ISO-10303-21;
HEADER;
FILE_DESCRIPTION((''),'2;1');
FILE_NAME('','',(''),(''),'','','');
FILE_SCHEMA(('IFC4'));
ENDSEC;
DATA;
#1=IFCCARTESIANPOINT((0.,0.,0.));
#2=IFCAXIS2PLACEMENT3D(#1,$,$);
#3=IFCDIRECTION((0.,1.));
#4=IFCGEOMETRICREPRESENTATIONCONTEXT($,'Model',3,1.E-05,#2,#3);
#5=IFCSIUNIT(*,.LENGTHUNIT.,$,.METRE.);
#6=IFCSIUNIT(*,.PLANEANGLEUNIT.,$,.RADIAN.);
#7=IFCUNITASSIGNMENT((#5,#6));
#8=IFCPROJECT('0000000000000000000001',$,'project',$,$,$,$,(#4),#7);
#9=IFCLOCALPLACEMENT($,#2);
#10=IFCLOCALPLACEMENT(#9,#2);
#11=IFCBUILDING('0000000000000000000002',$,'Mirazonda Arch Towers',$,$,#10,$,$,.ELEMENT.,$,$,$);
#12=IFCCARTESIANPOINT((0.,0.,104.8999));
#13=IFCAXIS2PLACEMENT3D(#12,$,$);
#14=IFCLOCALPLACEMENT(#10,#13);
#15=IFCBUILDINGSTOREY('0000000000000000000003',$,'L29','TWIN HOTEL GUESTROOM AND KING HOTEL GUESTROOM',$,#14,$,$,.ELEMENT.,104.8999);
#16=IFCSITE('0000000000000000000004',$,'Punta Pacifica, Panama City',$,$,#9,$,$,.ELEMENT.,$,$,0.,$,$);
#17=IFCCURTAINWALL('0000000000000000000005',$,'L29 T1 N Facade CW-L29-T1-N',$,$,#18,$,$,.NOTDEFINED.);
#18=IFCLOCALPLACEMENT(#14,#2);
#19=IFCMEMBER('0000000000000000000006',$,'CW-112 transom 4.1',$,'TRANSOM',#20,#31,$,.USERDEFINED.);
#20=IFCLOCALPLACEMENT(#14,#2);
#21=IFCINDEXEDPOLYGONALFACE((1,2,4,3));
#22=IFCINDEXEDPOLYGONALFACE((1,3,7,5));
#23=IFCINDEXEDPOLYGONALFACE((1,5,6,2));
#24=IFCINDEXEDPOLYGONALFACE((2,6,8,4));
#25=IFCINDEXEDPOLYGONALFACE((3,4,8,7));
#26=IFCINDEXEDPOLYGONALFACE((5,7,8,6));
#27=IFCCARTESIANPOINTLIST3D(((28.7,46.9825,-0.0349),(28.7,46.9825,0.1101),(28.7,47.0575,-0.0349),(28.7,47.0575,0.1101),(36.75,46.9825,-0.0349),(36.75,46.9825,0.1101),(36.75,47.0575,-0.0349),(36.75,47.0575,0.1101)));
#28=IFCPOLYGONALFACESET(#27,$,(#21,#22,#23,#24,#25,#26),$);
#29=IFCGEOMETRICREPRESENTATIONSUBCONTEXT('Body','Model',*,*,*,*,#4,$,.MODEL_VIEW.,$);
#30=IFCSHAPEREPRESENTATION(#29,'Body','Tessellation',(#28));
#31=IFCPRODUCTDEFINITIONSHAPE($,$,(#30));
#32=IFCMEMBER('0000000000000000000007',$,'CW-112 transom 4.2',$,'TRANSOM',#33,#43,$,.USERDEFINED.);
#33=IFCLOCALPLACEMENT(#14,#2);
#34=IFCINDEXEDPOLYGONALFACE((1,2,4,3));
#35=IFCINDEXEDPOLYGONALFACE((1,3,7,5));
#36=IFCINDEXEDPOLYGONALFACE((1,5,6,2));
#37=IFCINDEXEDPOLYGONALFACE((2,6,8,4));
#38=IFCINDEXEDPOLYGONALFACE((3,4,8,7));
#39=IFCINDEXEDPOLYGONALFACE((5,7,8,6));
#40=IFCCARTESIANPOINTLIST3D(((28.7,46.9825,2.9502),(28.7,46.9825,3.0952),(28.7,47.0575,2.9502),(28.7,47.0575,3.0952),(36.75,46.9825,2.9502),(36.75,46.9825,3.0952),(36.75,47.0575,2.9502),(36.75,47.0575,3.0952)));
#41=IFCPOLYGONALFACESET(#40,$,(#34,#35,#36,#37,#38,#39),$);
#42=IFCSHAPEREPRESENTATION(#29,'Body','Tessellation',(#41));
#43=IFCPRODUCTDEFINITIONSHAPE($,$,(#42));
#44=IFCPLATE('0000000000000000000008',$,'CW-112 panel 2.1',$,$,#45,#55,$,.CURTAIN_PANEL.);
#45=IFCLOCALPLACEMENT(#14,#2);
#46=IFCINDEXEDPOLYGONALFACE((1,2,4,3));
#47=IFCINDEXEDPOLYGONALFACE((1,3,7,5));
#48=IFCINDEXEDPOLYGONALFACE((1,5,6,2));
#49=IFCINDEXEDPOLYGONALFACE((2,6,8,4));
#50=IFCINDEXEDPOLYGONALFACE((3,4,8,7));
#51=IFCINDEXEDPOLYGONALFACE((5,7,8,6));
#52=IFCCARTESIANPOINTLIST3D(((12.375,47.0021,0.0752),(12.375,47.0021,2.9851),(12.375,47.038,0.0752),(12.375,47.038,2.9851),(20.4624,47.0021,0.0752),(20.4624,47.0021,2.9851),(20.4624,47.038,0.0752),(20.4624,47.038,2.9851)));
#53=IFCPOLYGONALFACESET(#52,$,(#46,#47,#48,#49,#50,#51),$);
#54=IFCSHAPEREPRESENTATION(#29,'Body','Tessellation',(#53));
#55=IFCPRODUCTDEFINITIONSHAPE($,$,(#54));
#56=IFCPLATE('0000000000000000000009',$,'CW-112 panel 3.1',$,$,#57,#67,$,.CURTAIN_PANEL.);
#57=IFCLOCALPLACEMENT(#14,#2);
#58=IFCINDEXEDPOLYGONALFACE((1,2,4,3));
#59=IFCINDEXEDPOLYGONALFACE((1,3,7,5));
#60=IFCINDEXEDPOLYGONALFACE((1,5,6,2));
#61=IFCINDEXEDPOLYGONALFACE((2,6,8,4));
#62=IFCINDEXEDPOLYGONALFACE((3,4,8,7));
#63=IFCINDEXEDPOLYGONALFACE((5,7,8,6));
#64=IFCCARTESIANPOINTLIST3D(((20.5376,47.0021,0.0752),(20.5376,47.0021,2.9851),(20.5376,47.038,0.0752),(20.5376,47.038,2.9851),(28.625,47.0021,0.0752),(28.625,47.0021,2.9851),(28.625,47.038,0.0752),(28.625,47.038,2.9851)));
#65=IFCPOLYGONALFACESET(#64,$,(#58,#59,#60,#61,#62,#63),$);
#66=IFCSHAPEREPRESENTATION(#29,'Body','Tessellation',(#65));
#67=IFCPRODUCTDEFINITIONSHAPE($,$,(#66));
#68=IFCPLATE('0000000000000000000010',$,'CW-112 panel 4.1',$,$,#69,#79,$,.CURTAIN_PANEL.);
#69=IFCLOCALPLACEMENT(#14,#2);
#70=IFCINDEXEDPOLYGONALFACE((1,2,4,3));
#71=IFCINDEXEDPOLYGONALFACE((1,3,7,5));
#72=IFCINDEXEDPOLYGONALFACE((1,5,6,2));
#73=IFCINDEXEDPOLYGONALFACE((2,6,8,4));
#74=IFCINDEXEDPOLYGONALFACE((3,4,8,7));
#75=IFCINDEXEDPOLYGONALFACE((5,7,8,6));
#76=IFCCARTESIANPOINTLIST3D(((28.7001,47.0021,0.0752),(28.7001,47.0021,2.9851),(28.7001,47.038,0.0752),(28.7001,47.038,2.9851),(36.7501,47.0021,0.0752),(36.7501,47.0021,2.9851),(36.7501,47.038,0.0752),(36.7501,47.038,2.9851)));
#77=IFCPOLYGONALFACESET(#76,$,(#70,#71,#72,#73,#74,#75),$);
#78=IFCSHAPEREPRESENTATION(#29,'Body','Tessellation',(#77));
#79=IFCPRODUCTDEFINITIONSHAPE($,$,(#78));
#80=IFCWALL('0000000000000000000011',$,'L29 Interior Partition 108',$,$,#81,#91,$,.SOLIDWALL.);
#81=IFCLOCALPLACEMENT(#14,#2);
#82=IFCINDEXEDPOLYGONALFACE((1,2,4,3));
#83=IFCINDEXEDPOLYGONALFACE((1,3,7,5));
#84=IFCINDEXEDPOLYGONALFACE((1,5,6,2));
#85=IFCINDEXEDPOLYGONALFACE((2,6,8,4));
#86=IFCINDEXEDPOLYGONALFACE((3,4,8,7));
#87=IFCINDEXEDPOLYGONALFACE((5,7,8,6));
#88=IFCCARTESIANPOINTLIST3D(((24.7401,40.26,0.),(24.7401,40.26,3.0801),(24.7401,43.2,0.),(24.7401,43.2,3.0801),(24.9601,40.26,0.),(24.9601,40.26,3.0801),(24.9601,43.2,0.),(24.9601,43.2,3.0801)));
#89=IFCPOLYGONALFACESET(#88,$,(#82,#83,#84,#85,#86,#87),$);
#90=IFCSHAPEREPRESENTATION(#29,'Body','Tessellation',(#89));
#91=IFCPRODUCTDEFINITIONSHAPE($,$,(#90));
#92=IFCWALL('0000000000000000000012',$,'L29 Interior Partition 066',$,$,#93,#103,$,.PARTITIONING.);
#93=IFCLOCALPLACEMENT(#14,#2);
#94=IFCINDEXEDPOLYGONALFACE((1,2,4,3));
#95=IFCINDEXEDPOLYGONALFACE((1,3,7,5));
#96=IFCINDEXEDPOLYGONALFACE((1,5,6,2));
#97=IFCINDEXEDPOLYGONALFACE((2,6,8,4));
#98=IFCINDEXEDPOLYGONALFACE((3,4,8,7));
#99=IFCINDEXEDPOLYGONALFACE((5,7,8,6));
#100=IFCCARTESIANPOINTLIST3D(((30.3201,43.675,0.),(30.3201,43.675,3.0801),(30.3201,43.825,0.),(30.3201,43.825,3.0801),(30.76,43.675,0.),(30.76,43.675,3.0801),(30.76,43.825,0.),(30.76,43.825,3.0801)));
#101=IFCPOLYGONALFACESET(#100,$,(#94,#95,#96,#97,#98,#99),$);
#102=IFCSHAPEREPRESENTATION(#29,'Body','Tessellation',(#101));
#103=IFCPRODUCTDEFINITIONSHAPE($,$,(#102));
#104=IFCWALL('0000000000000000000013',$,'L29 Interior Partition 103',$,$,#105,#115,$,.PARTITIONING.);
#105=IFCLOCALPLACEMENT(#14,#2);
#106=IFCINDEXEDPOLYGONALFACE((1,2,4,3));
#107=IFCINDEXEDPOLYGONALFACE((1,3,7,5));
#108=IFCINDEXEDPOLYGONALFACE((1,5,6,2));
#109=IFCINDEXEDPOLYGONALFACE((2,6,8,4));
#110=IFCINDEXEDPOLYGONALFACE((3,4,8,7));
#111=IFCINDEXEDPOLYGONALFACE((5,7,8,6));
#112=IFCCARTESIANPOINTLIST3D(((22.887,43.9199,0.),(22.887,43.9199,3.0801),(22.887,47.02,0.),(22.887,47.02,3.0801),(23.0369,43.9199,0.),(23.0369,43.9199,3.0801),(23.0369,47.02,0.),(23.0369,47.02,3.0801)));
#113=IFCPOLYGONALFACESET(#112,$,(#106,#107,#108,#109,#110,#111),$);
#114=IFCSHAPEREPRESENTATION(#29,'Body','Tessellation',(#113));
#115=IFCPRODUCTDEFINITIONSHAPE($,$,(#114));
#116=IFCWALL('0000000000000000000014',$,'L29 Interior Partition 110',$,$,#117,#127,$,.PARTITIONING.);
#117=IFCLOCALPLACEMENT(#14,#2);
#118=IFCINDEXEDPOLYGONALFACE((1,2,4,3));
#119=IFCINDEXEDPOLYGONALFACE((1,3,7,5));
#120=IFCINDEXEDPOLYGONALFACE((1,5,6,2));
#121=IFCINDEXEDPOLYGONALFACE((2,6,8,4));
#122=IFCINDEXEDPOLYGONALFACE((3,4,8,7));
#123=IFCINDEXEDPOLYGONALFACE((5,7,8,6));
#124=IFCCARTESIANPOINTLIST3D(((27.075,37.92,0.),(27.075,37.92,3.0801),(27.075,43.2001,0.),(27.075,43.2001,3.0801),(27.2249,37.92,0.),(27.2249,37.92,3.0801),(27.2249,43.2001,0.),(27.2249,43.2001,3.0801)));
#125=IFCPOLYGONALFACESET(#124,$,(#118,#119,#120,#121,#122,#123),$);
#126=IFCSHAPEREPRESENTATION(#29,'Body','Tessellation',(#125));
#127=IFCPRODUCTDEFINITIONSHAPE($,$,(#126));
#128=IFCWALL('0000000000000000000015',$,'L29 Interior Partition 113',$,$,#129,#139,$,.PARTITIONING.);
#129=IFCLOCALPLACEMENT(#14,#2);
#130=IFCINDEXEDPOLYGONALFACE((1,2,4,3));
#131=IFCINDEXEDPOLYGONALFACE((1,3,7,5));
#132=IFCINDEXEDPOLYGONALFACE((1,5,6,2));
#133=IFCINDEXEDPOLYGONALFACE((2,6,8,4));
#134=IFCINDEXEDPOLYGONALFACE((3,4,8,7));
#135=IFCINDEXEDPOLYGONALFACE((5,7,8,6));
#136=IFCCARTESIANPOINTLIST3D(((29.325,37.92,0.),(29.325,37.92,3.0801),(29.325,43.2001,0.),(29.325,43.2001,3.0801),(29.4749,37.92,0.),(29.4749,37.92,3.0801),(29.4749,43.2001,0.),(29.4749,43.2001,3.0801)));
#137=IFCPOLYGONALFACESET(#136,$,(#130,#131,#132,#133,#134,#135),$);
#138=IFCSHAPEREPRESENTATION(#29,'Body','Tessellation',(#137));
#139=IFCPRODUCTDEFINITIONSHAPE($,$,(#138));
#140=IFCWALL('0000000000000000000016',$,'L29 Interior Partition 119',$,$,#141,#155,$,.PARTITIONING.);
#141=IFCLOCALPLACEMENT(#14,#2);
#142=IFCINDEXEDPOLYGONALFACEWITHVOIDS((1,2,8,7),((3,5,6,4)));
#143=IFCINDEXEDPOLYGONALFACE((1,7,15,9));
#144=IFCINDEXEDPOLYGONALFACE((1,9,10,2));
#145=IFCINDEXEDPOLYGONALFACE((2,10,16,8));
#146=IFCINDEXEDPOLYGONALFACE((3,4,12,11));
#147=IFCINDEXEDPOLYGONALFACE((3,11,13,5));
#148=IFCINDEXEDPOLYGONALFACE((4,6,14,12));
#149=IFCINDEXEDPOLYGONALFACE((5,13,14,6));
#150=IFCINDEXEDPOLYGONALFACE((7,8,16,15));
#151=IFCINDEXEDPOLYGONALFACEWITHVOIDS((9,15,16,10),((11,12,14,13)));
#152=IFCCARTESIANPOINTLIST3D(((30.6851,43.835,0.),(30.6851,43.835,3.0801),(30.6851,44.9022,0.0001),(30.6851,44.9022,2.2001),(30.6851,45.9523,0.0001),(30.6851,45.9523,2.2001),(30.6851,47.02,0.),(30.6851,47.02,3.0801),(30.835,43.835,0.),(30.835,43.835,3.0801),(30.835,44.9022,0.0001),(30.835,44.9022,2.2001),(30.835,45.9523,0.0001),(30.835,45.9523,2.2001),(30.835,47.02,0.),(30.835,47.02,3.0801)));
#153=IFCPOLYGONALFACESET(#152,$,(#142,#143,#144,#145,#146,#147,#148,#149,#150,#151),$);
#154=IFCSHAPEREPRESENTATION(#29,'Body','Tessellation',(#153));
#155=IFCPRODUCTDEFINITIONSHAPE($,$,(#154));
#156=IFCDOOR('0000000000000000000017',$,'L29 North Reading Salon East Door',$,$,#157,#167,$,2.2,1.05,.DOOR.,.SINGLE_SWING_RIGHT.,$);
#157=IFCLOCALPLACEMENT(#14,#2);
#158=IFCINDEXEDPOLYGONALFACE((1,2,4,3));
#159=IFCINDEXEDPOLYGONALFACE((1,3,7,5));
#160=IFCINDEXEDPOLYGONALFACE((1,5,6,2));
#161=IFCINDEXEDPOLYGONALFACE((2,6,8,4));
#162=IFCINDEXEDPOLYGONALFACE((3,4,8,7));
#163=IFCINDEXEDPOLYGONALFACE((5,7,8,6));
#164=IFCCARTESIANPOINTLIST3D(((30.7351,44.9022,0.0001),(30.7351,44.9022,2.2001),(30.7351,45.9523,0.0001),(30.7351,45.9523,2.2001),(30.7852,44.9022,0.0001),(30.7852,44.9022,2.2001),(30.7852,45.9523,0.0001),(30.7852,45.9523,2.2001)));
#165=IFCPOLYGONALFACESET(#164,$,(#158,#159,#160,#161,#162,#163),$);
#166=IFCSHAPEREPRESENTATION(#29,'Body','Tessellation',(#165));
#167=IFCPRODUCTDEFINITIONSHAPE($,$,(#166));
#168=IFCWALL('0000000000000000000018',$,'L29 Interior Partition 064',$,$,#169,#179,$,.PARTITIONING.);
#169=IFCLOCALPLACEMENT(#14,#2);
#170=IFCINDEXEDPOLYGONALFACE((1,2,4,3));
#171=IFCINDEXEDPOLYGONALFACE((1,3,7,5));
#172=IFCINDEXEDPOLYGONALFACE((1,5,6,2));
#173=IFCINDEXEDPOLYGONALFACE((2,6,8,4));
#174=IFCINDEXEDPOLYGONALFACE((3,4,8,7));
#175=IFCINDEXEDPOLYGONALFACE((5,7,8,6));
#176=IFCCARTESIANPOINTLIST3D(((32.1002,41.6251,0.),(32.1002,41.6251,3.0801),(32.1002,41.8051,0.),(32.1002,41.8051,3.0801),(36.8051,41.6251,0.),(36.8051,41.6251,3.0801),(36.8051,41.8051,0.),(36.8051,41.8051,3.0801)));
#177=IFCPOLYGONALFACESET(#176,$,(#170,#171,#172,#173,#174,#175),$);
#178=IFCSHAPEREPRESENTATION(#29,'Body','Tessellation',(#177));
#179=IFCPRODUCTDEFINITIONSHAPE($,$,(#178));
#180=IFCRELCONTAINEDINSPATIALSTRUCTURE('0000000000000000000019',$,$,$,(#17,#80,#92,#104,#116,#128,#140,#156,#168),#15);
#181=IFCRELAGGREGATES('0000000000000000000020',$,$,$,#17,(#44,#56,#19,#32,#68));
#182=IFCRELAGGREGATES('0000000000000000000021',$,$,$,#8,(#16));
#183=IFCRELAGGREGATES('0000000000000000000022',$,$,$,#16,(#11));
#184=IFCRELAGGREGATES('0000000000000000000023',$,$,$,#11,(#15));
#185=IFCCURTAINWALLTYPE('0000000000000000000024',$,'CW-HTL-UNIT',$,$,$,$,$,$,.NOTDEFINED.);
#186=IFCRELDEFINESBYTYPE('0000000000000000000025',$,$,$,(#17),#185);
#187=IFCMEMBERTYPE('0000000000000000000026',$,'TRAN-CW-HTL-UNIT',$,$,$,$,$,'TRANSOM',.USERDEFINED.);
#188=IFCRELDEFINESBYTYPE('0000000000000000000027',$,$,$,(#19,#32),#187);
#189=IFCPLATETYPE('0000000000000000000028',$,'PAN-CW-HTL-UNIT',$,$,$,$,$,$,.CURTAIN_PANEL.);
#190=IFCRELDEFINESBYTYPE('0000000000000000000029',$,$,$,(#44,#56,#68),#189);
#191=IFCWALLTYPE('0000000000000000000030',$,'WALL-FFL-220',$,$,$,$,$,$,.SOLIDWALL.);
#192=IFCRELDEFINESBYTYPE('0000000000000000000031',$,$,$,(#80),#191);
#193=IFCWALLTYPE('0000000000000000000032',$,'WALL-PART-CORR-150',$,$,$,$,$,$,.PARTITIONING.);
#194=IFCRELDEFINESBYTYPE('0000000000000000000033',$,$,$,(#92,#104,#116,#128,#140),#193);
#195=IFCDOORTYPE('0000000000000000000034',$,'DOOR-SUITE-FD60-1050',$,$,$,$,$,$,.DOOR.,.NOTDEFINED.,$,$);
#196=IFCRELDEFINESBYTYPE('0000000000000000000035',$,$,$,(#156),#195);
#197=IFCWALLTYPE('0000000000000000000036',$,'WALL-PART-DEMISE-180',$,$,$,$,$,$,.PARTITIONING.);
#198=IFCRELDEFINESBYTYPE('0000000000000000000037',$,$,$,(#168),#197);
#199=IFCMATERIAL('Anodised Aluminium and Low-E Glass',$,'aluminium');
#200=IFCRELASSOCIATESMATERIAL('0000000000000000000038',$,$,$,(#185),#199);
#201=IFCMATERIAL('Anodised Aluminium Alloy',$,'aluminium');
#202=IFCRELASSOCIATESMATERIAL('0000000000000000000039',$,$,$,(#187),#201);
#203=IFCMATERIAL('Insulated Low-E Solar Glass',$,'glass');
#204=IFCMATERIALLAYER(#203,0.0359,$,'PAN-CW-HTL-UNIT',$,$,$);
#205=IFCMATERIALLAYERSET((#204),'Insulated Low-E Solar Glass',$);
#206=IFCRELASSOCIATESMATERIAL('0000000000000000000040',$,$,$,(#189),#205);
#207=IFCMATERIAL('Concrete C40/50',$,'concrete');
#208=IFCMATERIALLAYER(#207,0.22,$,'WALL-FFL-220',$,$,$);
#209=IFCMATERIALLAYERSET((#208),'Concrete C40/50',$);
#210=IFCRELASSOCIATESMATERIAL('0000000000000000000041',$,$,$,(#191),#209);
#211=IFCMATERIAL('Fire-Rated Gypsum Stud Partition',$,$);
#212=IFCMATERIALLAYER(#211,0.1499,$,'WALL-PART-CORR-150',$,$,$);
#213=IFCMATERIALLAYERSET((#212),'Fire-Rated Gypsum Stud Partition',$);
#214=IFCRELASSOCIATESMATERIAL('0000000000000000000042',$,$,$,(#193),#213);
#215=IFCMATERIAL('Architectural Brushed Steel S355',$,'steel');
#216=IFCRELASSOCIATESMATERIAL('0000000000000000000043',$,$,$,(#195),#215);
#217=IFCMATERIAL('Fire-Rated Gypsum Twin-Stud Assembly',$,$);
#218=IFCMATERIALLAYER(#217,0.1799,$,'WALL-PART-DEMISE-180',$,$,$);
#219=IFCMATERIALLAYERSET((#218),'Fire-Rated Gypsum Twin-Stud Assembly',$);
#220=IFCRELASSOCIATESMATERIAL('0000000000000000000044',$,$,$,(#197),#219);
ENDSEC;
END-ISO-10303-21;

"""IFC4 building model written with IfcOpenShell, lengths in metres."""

from ifc_helpers import new_model, si_unit, direction, frame, frame_2d, origin, origin_2d, place, context, subcontext, project, spatial, rectangle, extrude, material, layer, layer_set, material_profile, profile_set, type_object, element, fill, aggregate, save


model = new_model("IFC4")

# Units and contexts
model_context = context("Model", 3, precision=1e-05, world=origin(), true_north=direction((0.0, 1.0)))
body_context = subcontext(model_context, "Body", "Model", "MODEL_VIEW")
ifc_project = project(units=[si_unit("LENGTHUNIT", "METRE"), si_unit("PLANEANGLEUNIT", "RADIAN")], contexts=[model_context])

# Site, building, storey
site_placement = place(None, origin())
site = spatial("IfcSite", under=ifc_project, at=site_placement, Name="Punta Pacifica, Panama City", CompositionType="ELEMENT", RefElevation=0.0)
building_placement = place(site_placement, origin())
building = spatial("IfcBuilding", under=site, at=building_placement, Name="Mirazonda Arch Towers", CompositionType="ELEMENT")
storey_placement = place(building_placement, frame((0.0, 0.0, 104.8999)))
storey = spatial("IfcBuildingStorey", under=building, at=storey_placement, Name="L29", Description="TWIN HOTEL GUESTROOM AND KING HOTEL GUESTROOM", CompositionType="ELEMENT", Elevation=104.8999)

# Curtain wall, members, plates
ifc_material_1 = material(Name="Anodised Aluminium and Low-E Glass", Category="aluminium")
curtain_wall_type = type_object("IfcCurtainWallType", Name="CW-HTL-UNIT", PredefinedType="NOTDEFINED", material=ifc_material_1)
curtain_wall_placement = place(storey_placement, origin())
curtain_wall = element("IfcCurtainWall", 1, at=curtain_wall_placement, inside=storey, type_object=curtain_wall_type, Name="L29 T1 N Facade CW-L29-T1-N", PredefinedType="NOTDEFINED")
ifc_material_2 = material(Name="Anodised Aluminium Alloy", Category="aluminium")
ifc_material_profile_1 = material_profile(ifc_material_2, rectangle(XDim=0.075, YDim=0.145, at=origin_2d()), Name="ALU-TRAN-75x145")
ifc_profile_set_1 = profile_set([ifc_material_profile_1], Name="Anodised Aluminium Alloy")
member_type_1 = type_object("IfcMemberType", Name="TRAN-CW-HTL-UNIT", ElementType="TRANSOM", PredefinedType="USERDEFINED", material=ifc_profile_set_1)
member_1_placement = place(storey_placement, frame((28.7, 47.02, 0.0376), z_axis=(1.0, 0.0, 0.0), x_axis=(0.0, 1.0, 0.0)))
member_1 = element("IfcMember", 2, at=member_1_placement, type_object=member_type_1, Name="CW-112 transom 4.1", ObjectType="TRANSOM", PredefinedType="USERDEFINED", context=body_context, shape_type="SweptSolid", body=[
    extrude(rectangle(XDim=0.075, YDim=0.145, at=origin_2d()), origin(), (0.0, 0.0, 1.0), 8.05),
])
member_2_placement = place(storey_placement, frame((28.7, 47.02, 3.0227), z_axis=(1.0, 0.0, 0.0), x_axis=(0.0, 1.0, 0.0)))
member_2 = element("IfcMember", 3, at=member_2_placement, type_object=member_type_1, Name="CW-112 transom 4.2", ObjectType="TRANSOM", PredefinedType="USERDEFINED", context=body_context, shape_type="SweptSolid", body=[
    extrude(rectangle(XDim=0.075, YDim=0.145, at=origin_2d()), origin(), (0.0, 0.0, 1.0), 8.05),
])
ifc_material_3 = material(Name="Insulated Low-E Solar Glass", Category="glass")
ifc_layer_1 = layer(ifc_material_3, 0.0359, Name="PAN-CW-HTL-UNIT")
ifc_layer_set_1 = layer_set([ifc_layer_1], Name="Insulated Low-E Solar Glass")
plate_type = type_object("IfcPlateType", Name="PAN-CW-HTL-UNIT", PredefinedType="CURTAIN_PANEL", material=ifc_layer_set_1)
plate_1_placement = place(storey_placement, frame((16.4187, 47.02, 0.0752), z_axis=(0.0, 0.0, 1.0), x_axis=(1.0, 0.0, 0.0)))
plate_1 = element("IfcPlate", 4, at=plate_1_placement, type_object=plate_type, Name="CW-112 panel 2.1", PredefinedType="CURTAIN_PANEL", context=body_context, shape_type="SweptSolid", body=[
    extrude(rectangle(XDim=8.0874, YDim=0.0359, at=origin_2d()), origin(), (0.0, 0.0, 1.0), 2.9099),
])
plate_2_placement = place(storey_placement, frame((24.5813, 47.02, 0.0752), z_axis=(0.0, 0.0, 1.0), x_axis=(1.0, 0.0, 0.0)))
plate_2 = element("IfcPlate", 5, at=plate_2_placement, type_object=plate_type, Name="CW-112 panel 3.1", PredefinedType="CURTAIN_PANEL", context=body_context, shape_type="SweptSolid", body=[
    extrude(rectangle(XDim=8.0874, YDim=0.0359, at=origin_2d()), origin(), (0.0, 0.0, 1.0), 2.9099),
])
plate_3_placement = place(storey_placement, frame((32.7251, 47.02, 0.0752), z_axis=(0.0, 0.0, 1.0), x_axis=(1.0, 0.0, 0.0)))
plate_3 = element("IfcPlate", 6, at=plate_3_placement, type_object=plate_type, Name="CW-112 panel 4.1", PredefinedType="CURTAIN_PANEL", context=body_context, shape_type="SweptSolid", body=[
    extrude(rectangle(XDim=8.05, YDim=0.0359, at=origin_2d()), origin(), (0.0, 0.0, 1.0), 2.9099),
])
aggregate(curtain_wall, [plate_1, plate_2, member_1, member_2, plate_3])

# Walls
ifc_material_4 = material(Name="Concrete C40/50", Category="concrete")
ifc_layer_2 = layer(ifc_material_4, 0.22, Name="WALL-FFL-220")
ifc_layer_set_2 = layer_set([ifc_layer_2], Name="Concrete C40/50")
wall_type_1 = type_object("IfcWallType", Name="WALL-FFL-220", PredefinedType="SOLIDWALL", material=ifc_layer_set_2)
wall_1_placement = place(storey_placement, frame((24.8501, 40.26, 0.0), z_axis=(0.0, 0.0, 1.0), x_axis=(0.0, 1.0, 0.0)))
element("IfcWall", 7, at=wall_1_placement, inside=storey, type_object=wall_type_1, Name="L29 Interior Partition 108", PredefinedType="SOLIDWALL", context=body_context, shape_type="SweptSolid", body=[
    extrude(rectangle(XDim=2.9399, YDim=0.22, at=frame_2d((1.47, 0.0))), origin(), (0.0, 0.0, 1.0), 3.0801),
])
ifc_material_5 = material(Name="Fire-Rated Gypsum Stud Partition")
ifc_layer_3 = layer(ifc_material_5, 0.1499, Name="WALL-PART-CORR-150")
ifc_layer_set_3 = layer_set([ifc_layer_3], Name="Fire-Rated Gypsum Stud Partition")
wall_type_2 = type_object("IfcWallType", Name="WALL-PART-CORR-150", PredefinedType="PARTITIONING", material=ifc_layer_set_3)
wall_2_placement = place(storey_placement, frame((30.3201, 43.75, 0.0), z_axis=(0.0, 0.0, 1.0), x_axis=(1.0, 0.0, 0.0)))
element("IfcWall", 8, at=wall_2_placement, inside=storey, type_object=wall_type_2, Name="L29 Interior Partition 066", PredefinedType="PARTITIONING", context=body_context, shape_type="SweptSolid", body=[
    extrude(rectangle(XDim=0.4399, YDim=0.1499, at=frame_2d((0.22, 0.0))), origin(), (0.0, 0.0, 1.0), 3.0801),
])
wall_3_placement = place(storey_placement, frame((22.9619, 43.9199, 0.0), z_axis=(0.0, 0.0, 1.0), x_axis=(0.0, 1.0, 0.0)))
element("IfcWall", 9, at=wall_3_placement, inside=storey, type_object=wall_type_2, Name="L29 Interior Partition 103", PredefinedType="PARTITIONING", context=body_context, shape_type="SweptSolid", body=[
    extrude(rectangle(XDim=3.1001, YDim=0.1499, at=frame_2d((1.55, 0.0))), origin(), (0.0, 0.0, 1.0), 3.0801),
])
for number, where, z_axis, x_axis, name in (
    (10, (27.1499, 37.9199, 0.0), (0.0, 0.0, 1.0), (0.0, 1.0, 0.0), "L29 Interior Partition 110"),
    (11, (29.3999, 37.9199, 0.0), (0.0, 0.0, 1.0), (0.0, 1.0, 0.0), "L29 Interior Partition 113"),
):
    element("IfcWall", number, at=place(storey_placement, frame(where, z_axis=z_axis, x_axis=x_axis)), inside=storey, type_object=wall_type_2, Name=name, PredefinedType="PARTITIONING", context=body_context, shape_type="SweptSolid", body=[
        extrude(rectangle(XDim=5.28, YDim=0.1499, at=frame_2d((2.6401, 0.0))), origin(), (0.0, 0.0, 1.0), 3.0801),
    ])

# Wall, opening, door
wall_4_placement = place(storey_placement, frame((30.76, 43.835, 0.0), z_axis=(0.0, 0.0, 1.0), x_axis=(0.0, 1.0, 0.0)))
wall_4 = element("IfcWall", 12, at=wall_4_placement, inside=storey, type_object=wall_type_2, Name="L29 Interior Partition 119", PredefinedType="PARTITIONING", context=body_context, shape_type="SweptSolid", body=[
    extrude(rectangle(XDim=3.1851, YDim=0.1499, at=frame_2d((1.5925, 0.0))), origin(), (0.0, 0.0, 1.0), 3.0801),
])
opening_1_placement = place(wall_4_placement, frame((1.0674, 0.0, 0.0)))
opening_1 = element("IfcOpeningElement", 13, at=opening_1_placement, cuts=wall_4, PredefinedType="OPENING", context=body_context, shape_type="SweptSolid", body=[
    extrude(rectangle(XDim=1.05, YDim=2.2, at=frame_2d((0.5249, 1.1001))), frame((0.0, 0.085, 0.0), z_axis=(0.0, -1.0, 0.0), x_axis=(1.0, 0.0, 0.0)), (0.0, 0.0, 1.0), 0.1699),
])
ifc_material_6 = material(Name="Architectural Brushed Steel S355", Category="steel")
door_type_1 = type_object("IfcDoorType", Name="DOOR-SUITE-FD60-1050", OperationType="NOTDEFINED", PredefinedType="DOOR", material=ifc_material_6)
door_1_placement = place(opening_1_placement, origin())
door_1 = element("IfcDoor", 14, at=door_1_placement, inside=storey, type_object=door_type_1, Name="L29 North Reading Salon East Door", OperationType="SINGLE_SWING_RIGHT", OverallHeight=2.2, OverallWidth=1.05, PredefinedType="DOOR", context=body_context, shape_type="SweptSolid", body=[
    extrude(rectangle(XDim=1.05, YDim=2.2, at=frame_2d((0.5249, 1.1001))), frame((0.0, 0.0249, 0.0), z_axis=(0.0, -1.0, 0.0), x_axis=(1.0, 0.0, 0.0)), (0.0, 0.0, 1.0), 0.05),
])
fill(opening_1, door_1)

# Wall
ifc_material_7 = material(Name="Fire-Rated Gypsum Twin-Stud Assembly")
ifc_layer_4 = layer(ifc_material_7, 0.1799, Name="WALL-PART-DEMISE-180")
ifc_layer_set_4 = layer_set([ifc_layer_4], Name="Fire-Rated Gypsum Twin-Stud Assembly")
wall_type_3 = type_object("IfcWallType", Name="WALL-PART-DEMISE-180", PredefinedType="PARTITIONING", material=ifc_layer_set_4)
wall_5_placement = place(storey_placement, frame((32.1001, 41.7151, 0.0), z_axis=(0.0, 0.0, 1.0), x_axis=(1.0, 0.0, 0.0)))
element("IfcWall", 15, at=wall_5_placement, inside=storey, type_object=wall_type_3, Name="L29 Interior Partition 064", PredefinedType="PARTITIONING", context=body_context, shape_type="SweptSolid", body=[
    extrude(rectangle(XDim=4.7048, YDim=0.1799, at=frame_2d((2.3525, 0.0))), origin(), (0.0, 0.0, 1.0), 3.0801),
])

save(model, "model.ifc")
